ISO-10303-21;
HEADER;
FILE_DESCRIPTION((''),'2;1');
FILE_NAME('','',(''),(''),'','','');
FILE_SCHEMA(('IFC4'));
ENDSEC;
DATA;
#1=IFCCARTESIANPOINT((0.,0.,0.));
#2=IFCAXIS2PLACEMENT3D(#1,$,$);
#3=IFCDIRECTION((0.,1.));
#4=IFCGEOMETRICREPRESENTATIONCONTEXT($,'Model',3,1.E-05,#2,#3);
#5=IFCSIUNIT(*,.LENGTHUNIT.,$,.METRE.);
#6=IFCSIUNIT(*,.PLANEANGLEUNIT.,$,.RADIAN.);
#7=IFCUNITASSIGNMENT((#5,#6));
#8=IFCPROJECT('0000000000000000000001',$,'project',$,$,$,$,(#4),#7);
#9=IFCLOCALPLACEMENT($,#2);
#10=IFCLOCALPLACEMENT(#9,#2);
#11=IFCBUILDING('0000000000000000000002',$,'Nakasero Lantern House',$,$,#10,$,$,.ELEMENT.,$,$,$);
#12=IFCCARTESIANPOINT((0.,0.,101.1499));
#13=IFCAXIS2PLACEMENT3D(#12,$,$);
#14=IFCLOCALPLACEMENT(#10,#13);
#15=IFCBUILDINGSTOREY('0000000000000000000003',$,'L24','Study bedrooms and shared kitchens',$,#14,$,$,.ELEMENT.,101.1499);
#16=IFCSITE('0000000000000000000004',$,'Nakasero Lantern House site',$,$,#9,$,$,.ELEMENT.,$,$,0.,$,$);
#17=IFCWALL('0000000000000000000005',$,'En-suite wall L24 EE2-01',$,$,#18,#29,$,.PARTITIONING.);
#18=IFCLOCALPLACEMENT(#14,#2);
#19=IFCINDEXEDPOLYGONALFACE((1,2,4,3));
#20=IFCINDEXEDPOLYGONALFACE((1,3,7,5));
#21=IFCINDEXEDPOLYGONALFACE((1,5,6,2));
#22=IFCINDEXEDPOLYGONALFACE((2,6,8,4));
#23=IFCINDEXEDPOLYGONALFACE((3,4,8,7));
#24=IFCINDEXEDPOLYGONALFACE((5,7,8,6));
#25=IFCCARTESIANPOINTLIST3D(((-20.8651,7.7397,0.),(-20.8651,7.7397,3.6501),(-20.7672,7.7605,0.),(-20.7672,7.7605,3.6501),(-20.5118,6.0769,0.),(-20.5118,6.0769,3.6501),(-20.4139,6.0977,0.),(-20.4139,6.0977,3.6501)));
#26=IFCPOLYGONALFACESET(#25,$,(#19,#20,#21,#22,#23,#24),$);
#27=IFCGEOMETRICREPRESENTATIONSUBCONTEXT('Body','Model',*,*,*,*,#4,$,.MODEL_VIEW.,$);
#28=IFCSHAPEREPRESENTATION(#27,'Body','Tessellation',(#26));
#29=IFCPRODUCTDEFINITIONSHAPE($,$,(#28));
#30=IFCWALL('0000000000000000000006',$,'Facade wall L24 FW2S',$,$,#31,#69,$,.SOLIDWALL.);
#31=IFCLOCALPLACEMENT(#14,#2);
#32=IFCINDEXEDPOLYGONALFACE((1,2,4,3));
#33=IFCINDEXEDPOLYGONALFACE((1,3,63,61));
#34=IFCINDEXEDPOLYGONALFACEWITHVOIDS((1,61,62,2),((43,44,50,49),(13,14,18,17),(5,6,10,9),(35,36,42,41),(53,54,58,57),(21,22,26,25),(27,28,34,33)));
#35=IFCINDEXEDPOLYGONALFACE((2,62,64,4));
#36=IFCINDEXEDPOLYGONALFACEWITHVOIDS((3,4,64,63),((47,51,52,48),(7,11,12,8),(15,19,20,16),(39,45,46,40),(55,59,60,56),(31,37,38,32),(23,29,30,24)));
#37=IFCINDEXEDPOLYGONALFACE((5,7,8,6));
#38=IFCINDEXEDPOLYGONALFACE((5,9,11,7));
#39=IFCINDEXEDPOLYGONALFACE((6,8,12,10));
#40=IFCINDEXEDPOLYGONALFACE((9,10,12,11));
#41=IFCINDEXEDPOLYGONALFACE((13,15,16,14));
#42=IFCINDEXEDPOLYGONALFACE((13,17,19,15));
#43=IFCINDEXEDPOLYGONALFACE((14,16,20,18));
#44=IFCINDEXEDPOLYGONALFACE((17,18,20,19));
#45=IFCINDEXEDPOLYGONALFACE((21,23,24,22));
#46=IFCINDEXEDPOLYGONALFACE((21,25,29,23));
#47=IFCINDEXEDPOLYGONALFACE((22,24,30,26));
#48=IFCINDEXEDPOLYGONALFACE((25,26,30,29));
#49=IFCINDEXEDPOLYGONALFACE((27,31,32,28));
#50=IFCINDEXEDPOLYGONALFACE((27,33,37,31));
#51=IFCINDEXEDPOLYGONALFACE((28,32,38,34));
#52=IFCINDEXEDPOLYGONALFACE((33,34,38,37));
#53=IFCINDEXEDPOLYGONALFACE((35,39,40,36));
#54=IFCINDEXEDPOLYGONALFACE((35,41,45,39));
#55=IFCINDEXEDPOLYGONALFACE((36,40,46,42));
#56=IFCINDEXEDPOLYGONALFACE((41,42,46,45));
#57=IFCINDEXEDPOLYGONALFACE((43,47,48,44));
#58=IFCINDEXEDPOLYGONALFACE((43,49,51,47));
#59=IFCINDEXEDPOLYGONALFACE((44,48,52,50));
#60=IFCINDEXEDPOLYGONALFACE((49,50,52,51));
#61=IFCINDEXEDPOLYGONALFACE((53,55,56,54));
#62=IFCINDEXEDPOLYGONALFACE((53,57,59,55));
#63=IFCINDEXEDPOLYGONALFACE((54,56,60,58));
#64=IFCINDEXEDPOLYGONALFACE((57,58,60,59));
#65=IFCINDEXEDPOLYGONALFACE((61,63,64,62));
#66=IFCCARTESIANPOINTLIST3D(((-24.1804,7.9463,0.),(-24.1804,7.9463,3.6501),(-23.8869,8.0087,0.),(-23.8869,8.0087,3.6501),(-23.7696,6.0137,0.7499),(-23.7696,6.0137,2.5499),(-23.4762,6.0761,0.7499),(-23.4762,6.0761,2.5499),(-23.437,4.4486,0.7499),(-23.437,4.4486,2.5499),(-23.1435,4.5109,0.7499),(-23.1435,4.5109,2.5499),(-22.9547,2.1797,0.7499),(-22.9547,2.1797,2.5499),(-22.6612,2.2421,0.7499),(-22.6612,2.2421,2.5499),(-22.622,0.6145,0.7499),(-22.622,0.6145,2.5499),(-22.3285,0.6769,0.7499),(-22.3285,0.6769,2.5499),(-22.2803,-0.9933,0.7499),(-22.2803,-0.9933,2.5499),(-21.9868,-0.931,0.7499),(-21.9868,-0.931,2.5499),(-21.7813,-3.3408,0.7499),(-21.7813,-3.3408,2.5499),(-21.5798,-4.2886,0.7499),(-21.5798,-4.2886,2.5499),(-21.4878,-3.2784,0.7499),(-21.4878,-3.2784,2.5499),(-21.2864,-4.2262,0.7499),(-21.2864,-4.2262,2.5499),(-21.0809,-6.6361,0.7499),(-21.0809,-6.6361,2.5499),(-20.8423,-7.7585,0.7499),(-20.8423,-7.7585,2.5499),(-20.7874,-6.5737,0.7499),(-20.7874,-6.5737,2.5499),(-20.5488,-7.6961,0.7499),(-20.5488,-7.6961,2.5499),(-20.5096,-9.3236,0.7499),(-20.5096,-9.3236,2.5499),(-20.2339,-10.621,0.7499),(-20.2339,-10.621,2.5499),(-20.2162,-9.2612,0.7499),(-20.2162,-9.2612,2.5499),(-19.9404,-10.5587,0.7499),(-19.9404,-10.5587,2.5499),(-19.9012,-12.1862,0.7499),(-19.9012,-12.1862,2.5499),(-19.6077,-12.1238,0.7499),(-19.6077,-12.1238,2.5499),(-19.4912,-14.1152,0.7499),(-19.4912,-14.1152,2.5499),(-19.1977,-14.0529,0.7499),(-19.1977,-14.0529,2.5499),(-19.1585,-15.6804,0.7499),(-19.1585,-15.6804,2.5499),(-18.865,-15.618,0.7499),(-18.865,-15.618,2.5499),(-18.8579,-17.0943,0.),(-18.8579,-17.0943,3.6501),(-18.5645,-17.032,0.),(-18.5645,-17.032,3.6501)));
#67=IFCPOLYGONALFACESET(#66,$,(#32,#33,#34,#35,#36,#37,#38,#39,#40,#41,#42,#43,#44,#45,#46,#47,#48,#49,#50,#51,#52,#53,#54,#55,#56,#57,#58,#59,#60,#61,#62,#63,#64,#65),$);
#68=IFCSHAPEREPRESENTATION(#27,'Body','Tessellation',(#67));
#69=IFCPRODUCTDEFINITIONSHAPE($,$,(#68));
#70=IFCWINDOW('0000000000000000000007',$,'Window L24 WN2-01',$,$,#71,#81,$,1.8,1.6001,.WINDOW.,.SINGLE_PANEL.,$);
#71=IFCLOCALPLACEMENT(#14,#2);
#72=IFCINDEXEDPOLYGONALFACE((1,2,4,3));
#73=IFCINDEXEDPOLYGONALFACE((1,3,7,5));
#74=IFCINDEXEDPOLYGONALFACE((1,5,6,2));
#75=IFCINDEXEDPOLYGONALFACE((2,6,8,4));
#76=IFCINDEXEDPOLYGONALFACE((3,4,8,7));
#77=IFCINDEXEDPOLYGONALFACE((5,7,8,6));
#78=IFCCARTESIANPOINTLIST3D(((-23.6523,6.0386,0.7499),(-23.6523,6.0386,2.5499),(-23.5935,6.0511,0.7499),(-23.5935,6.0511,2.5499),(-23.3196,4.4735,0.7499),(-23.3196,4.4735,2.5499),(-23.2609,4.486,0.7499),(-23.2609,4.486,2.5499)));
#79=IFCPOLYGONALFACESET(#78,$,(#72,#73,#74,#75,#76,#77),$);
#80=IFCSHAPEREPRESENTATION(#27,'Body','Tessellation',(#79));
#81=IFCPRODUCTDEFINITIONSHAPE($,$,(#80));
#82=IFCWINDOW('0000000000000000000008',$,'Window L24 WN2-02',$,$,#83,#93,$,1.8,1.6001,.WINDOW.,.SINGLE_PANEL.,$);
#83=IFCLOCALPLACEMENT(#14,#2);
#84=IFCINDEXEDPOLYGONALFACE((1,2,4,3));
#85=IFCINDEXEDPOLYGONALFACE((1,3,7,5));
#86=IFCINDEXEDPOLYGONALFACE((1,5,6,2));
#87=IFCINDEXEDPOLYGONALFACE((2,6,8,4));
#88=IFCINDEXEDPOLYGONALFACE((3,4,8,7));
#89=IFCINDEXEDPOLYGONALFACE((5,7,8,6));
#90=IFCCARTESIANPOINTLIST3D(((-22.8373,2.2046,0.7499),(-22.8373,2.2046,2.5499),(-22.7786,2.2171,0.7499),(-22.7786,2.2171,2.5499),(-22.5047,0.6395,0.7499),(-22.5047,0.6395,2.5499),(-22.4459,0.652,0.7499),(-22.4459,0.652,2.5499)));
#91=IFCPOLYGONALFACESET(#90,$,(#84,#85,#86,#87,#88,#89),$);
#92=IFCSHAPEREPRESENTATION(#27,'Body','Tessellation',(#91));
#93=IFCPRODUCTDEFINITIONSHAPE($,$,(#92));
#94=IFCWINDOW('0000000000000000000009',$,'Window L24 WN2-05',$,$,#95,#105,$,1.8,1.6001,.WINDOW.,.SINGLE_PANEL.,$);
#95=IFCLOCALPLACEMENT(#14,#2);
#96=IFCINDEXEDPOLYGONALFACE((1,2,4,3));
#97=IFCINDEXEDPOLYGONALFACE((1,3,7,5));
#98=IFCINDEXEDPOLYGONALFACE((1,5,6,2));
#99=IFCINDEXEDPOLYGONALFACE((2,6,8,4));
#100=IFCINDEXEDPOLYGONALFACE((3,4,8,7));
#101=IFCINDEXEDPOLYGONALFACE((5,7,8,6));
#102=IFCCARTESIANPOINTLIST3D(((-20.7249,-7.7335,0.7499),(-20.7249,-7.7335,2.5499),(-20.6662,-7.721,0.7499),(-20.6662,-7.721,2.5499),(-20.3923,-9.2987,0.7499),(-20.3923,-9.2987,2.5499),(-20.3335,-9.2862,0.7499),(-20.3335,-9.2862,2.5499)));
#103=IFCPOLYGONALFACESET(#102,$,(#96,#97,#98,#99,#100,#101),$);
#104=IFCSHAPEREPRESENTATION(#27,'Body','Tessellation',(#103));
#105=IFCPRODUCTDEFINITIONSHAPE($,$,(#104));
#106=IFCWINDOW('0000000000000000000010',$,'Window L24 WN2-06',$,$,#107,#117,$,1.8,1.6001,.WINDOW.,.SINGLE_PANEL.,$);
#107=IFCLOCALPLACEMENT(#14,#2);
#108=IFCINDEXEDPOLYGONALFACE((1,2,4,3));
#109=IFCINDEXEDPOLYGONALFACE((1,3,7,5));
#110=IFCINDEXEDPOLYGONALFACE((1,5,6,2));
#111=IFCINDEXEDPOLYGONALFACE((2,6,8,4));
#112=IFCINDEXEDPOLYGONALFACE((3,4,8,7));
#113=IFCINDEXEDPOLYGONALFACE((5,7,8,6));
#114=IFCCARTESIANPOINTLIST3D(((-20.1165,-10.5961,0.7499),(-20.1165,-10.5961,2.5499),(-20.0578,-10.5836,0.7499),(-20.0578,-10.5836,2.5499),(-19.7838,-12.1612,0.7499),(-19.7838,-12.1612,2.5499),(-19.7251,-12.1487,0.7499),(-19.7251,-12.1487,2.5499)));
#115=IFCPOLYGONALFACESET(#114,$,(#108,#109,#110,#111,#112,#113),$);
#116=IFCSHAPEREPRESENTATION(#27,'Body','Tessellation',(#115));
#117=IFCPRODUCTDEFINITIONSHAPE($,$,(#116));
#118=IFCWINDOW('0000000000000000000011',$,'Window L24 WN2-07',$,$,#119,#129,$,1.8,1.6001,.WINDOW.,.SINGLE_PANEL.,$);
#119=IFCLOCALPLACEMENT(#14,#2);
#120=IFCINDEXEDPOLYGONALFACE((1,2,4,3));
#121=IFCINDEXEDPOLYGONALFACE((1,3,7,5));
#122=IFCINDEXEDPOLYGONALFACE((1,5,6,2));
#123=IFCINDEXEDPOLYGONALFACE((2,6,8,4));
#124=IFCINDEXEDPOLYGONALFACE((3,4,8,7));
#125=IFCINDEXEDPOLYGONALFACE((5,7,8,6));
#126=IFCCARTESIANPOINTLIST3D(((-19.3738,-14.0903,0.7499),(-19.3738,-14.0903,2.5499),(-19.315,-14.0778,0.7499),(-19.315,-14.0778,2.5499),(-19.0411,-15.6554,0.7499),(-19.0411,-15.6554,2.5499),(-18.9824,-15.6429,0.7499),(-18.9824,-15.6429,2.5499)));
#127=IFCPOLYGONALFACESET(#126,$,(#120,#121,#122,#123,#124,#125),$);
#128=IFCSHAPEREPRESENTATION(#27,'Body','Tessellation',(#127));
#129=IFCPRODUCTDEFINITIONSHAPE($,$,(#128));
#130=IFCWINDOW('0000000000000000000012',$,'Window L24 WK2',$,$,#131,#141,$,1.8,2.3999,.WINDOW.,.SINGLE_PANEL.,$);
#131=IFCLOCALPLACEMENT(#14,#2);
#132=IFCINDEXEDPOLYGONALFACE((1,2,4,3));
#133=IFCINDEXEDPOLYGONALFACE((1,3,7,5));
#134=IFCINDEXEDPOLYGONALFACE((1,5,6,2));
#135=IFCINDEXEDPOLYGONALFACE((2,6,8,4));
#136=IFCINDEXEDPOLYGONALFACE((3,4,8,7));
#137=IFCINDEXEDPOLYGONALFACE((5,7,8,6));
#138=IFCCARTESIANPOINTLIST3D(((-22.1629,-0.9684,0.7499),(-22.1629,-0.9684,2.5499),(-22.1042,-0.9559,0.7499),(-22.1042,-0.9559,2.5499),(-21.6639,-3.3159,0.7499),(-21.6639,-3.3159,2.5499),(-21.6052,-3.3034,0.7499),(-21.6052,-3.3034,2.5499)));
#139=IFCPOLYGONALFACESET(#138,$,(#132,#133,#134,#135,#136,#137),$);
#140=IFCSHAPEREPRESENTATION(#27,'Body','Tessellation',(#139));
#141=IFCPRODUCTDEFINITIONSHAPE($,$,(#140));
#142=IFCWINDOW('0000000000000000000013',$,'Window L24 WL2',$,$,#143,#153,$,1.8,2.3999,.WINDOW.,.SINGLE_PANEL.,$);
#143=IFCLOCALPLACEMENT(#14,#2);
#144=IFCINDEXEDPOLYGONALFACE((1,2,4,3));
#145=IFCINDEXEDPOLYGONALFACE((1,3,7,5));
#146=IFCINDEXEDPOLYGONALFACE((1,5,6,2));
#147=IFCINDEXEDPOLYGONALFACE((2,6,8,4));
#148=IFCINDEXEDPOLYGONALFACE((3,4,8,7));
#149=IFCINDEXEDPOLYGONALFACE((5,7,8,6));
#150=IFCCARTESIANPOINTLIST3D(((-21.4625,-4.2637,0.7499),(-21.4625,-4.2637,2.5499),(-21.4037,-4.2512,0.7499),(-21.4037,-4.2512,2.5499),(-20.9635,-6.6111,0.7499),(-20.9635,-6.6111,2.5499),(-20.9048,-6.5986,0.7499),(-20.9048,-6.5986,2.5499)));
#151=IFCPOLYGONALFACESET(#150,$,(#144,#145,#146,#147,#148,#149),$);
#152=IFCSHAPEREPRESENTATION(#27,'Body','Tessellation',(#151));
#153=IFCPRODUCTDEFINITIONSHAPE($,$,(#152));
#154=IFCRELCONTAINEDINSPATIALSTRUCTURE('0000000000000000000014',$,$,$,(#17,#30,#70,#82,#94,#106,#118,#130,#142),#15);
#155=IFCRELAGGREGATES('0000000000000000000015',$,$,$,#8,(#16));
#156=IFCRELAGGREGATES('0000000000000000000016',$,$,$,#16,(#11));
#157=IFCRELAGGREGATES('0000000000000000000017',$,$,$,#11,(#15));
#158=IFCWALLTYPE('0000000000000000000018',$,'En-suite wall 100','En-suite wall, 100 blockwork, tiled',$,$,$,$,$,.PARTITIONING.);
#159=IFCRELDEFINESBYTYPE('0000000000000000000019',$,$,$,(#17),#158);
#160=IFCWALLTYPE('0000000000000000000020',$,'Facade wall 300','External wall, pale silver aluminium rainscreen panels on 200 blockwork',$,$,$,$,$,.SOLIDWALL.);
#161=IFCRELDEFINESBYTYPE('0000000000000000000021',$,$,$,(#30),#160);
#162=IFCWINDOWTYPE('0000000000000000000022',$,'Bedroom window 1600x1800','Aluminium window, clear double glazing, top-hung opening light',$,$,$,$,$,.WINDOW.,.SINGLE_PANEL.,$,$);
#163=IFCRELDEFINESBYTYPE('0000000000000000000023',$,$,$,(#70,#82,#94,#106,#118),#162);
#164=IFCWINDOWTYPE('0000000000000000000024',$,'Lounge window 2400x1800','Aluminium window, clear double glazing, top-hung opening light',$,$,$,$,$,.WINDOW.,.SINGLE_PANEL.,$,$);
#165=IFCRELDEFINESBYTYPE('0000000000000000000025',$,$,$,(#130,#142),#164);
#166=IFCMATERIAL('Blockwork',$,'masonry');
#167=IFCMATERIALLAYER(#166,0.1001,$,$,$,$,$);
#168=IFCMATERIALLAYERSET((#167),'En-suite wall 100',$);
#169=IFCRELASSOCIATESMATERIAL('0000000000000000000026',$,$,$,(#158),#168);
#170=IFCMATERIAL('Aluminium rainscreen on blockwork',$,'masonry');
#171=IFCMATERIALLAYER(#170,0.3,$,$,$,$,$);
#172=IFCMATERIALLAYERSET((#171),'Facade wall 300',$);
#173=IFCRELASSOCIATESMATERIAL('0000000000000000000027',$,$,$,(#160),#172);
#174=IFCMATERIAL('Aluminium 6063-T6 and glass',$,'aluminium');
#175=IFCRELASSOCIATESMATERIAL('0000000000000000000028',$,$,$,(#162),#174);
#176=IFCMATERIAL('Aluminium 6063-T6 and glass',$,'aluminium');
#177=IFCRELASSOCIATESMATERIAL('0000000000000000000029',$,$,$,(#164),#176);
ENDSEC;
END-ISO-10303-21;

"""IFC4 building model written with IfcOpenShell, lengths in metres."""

from ifc_helpers import new_model, si_unit, direction, frame, frame_2d, origin, place, context, subcontext, project, spatial, rectangle, extrude, material, layer, layer_set, type_object, element, fill, save


model = new_model("IFC4")

# Units and contexts
model_context = context("Model", 3, precision=1e-05, world=origin(), true_north=direction((0.0, 1.0)))
body_context = subcontext(model_context, "Body", "Model", "MODEL_VIEW")
ifc_project = project(units=[si_unit("LENGTHUNIT", "METRE"), si_unit("PLANEANGLEUNIT", "RADIAN")], contexts=[model_context])

# Site, building, storey
site_placement = place(None, origin())
site = spatial("IfcSite", under=ifc_project, at=site_placement, Name="Nakasero Lantern House site", CompositionType="ELEMENT", RefElevation=0.0)
building_placement = place(site_placement, origin())
building = spatial("IfcBuilding", under=site, at=building_placement, Name="Nakasero Lantern House", CompositionType="ELEMENT")
storey_placement = place(building_placement, frame((0.0, 0.0, 101.1499)))
storey = spatial("IfcBuildingStorey", under=building, at=storey_placement, Name="L24", Description="Study bedrooms and shared kitchens", CompositionType="ELEMENT", Elevation=101.1499)

# Wall
ifc_material_1 = material(Name="Blockwork", Category="masonry")
ifc_layer_1 = layer(ifc_material_1, 0.1001)
ifc_layer_set_1 = layer_set([ifc_layer_1], Name="En-suite wall 100")
wall_type_1 = type_object("IfcWallType", Name="En-suite wall 100", Description="En-suite wall, 100 blockwork, tiled", PredefinedType="PARTITIONING", material=ifc_layer_set_1)
wall_1_placement = place(storey_placement, frame((-20.8162, 7.7502, 0.0), z_axis=(0.0, 0.0, 1.0), x_axis=(0.207812, -0.978169, 0.0)))
element("IfcWall", 1, at=wall_1_placement, inside=storey, type_object=wall_type_1, Name="En-suite wall L24 EE2-01", PredefinedType="PARTITIONING", context=body_context, shape_type="SweptSolid", body=[
    extrude(rectangle(XDim=1.7, YDim=0.1001, at=frame_2d((0.8501, 0.0))), origin(), (0.0, 0.0, 1.0), 3.6501),
])

# Wall, openings, windows
ifc_material_2 = material(Name="Aluminium rainscreen on blockwork", Category="masonry")
ifc_layer_2 = layer(ifc_material_2, 0.3)
ifc_layer_set_2 = layer_set([ifc_layer_2], Name="Facade wall 300")
wall_type_2 = type_object("IfcWallType", Name="Facade wall 300", Description="External wall, pale silver aluminium rainscreen panels on 200 blockwork", PredefinedType="SOLIDWALL", material=ifc_layer_set_2)
wall_2_placement = place(storey_placement, frame((-24.0337, 7.9775, 0.0), z_axis=(0.0, 0.0, 1.0), x_axis=(0.207909, -0.978148, 0.0)))
wall_2 = element("IfcWall", 2, at=wall_2_placement, inside=storey, type_object=wall_type_2, Name="Facade wall L24 FW2S", PredefinedType="SOLIDWALL", context=body_context, shape_type="SweptSolid", body=[
    extrude(rectangle(XDim=25.6001, YDim=0.3, at=frame_2d((12.8, 0.0))), origin(), (0.0, 0.0, 1.0), 3.6501),
])
opening_1_placement = place(wall_2_placement, frame((1.9758, 0.0, 0.75)))
opening_1 = element("IfcOpeningElement", 3, at=opening_1_placement, cuts=wall_2, PredefinedType="OPENING", context=body_context, shape_type="SweptSolid", body=[
    extrude(rectangle(XDim=1.6001, YDim=1.8, at=frame_2d((0.8, 0.8999))), frame((0.0, 0.1699, 0.0), z_axis=(0.0, -1.0, 0.0), x_axis=(1.0, 0.0, 0.0)), (0.0, 0.0, 1.0), 0.3401),
])
opening_2_placement = place(wall_2_placement, frame((5.8955, 0.0, 0.75)))
opening_2 = element("IfcOpeningElement", 4, at=opening_2_placement, cuts=wall_2, PredefinedType="OPENING", context=body_context, shape_type="SweptSolid", body=[
    extrude(rectangle(XDim=1.6001, YDim=1.8, at=frame_2d((0.8, 0.8999))), frame((0.0, 0.1699, 0.0), z_axis=(0.0, -1.0, 0.0), x_axis=(1.0, 0.0, 0.0)), (0.0, 0.0, 1.0), 0.3401),
])
opening_3_placement = place(wall_2_placement, frame((16.0557, 0.0, 0.75)))
opening_3 = element("IfcOpeningElement", 5, at=opening_3_placement, cuts=wall_2, PredefinedType="OPENING", context=body_context, shape_type="SweptSolid", body=[
    extrude(rectangle(XDim=1.6001, YDim=1.8, at=frame_2d((0.8, 0.8999))), frame((0.0, 0.1699, 0.0), z_axis=(0.0, -1.0, 0.0), x_axis=(1.0, 0.0, 0.0)), (0.0, 0.0, 1.0), 0.3401),
])
opening_4_placement = place(wall_2_placement, frame((18.9822, 0.0, 0.75)))
opening_4 = element("IfcOpeningElement", 6, at=opening_4_placement, cuts=wall_2, PredefinedType="OPENING", context=body_context, shape_type="SweptSolid", body=[
    extrude(rectangle(XDim=1.6001, YDim=1.8, at=frame_2d((0.8, 0.8999))), frame((0.0, 0.1699, 0.0), z_axis=(0.0, -1.0, 0.0), x_axis=(1.0, 0.0, 0.0)), (0.0, 0.0, 1.0), 0.3401),
])
opening_5_placement = place(wall_2_placement, frame((22.5544, 0.0, 0.75)))
opening_5 = element("IfcOpeningElement", 7, at=opening_5_placement, cuts=wall_2, PredefinedType="OPENING", context=body_context, shape_type="SweptSolid", body=[
    extrude(rectangle(XDim=1.6001, YDim=1.8, at=frame_2d((0.8, 0.8999))), frame((0.0, 0.1699, 0.0), z_axis=(0.0, -1.0, 0.0), x_axis=(1.0, 0.0, 0.0)), (0.0, 0.0, 1.0), 0.3401),
])
opening_6_placement = place(wall_2_placement, frame((9.1394, 0.0, 0.75)))
opening_6 = element("IfcOpeningElement", 8, at=opening_6_placement, cuts=wall_2, PredefinedType="OPENING", context=body_context, shape_type="SweptSolid", body=[
    extrude(rectangle(XDim=2.3999, YDim=1.8, at=frame_2d((1.2, 0.8999))), frame((0.0, 0.1699, 0.0), z_axis=(0.0, -1.0, 0.0), x_axis=(1.0, 0.0, 0.0)), (0.0, 0.0, 1.0), 0.3401),
])
opening_7_placement = place(wall_2_placement, frame((12.5083, 0.0, 0.75)))
opening_7 = element("IfcOpeningElement", 9, at=opening_7_placement, cuts=wall_2, PredefinedType="OPENING", context=body_context, shape_type="SweptSolid", body=[
    extrude(rectangle(XDim=2.3999, YDim=1.8, at=frame_2d((1.2, 0.8999))), frame((0.0, 0.1699, 0.0), z_axis=(0.0, -1.0, 0.0), x_axis=(1.0, 0.0, 0.0)), (0.0, 0.0, 1.0), 0.3401),
])
ifc_material_3 = material(Name="Aluminium 6063-T6 and glass", Category="aluminium")
window_type_1 = type_object("IfcWindowType", Name="Bedroom window 1600x1800", Description="Aluminium window, clear double glazing, top-hung opening light", PartitioningType="SINGLE_PANEL", PredefinedType="WINDOW", material=ifc_material_3)
window_1_placement = place(opening_1_placement, origin())
window_1 = element("IfcWindow", 10, at=window_1_placement, inside=storey, type_object=window_type_1, Name="Window L24 WN2-01", OverallHeight=1.8, OverallWidth=1.6001, PartitioningType="SINGLE_PANEL", PredefinedType="WINDOW", context=body_context, shape_type="SweptSolid", body=[
    extrude(rectangle(XDim=1.6001, YDim=1.8, at=frame_2d((0.8, 0.8999))), frame((0.0, 0.03, 0.0), z_axis=(0.0, -1.0, 0.0), x_axis=(1.0, 0.0, 0.0)), (0.0, 0.0, 1.0), 0.0601),
])
fill(opening_1, window_1)
window_2_placement = place(opening_2_placement, origin())
window_2 = element("IfcWindow", 11, at=window_2_placement, inside=storey, type_object=window_type_1, Name="Window L24 WN2-02", OverallHeight=1.8, OverallWidth=1.6001, PartitioningType="SINGLE_PANEL", PredefinedType="WINDOW", context=body_context, shape_type="SweptSolid", body=[
    extrude(rectangle(XDim=1.6001, YDim=1.8, at=frame_2d((0.8, 0.8999))), frame((0.0, 0.03, 0.0), z_axis=(0.0, -1.0, 0.0), x_axis=(1.0, 0.0, 0.0)), (0.0, 0.0, 1.0), 0.0601),
])
fill(opening_2, window_2)
window_3_placement = place(opening_3_placement, origin())
window_3 = element("IfcWindow", 12, at=window_3_placement, inside=storey, type_object=window_type_1, Name="Window L24 WN2-05", OverallHeight=1.8, OverallWidth=1.6001, PartitioningType="SINGLE_PANEL", PredefinedType="WINDOW", context=body_context, shape_type="SweptSolid", body=[
    extrude(rectangle(XDim=1.6001, YDim=1.8, at=frame_2d((0.8, 0.8999))), frame((0.0, 0.03, 0.0), z_axis=(0.0, -1.0, 0.0), x_axis=(1.0, 0.0, 0.0)), (0.0, 0.0, 1.0), 0.0601),
])
fill(opening_3, window_3)
window_4_placement = place(opening_4_placement, origin())
window_4 = element("IfcWindow", 13, at=window_4_placement, inside=storey, type_object=window_type_1, Name="Window L24 WN2-06", OverallHeight=1.8, OverallWidth=1.6001, PartitioningType="SINGLE_PANEL", PredefinedType="WINDOW", context=body_context, shape_type="SweptSolid", body=[
    extrude(rectangle(XDim=1.6001, YDim=1.8, at=frame_2d((0.8, 0.8999))), frame((0.0, 0.03, 0.0), z_axis=(0.0, -1.0, 0.0), x_axis=(1.0, 0.0, 0.0)), (0.0, 0.0, 1.0), 0.0601),
])
fill(opening_4, window_4)
window_5_placement = place(opening_5_placement, origin())
window_5 = element("IfcWindow", 14, at=window_5_placement, inside=storey, type_object=window_type_1, Name="Window L24 WN2-07", OverallHeight=1.8, OverallWidth=1.6001, PartitioningType="SINGLE_PANEL", PredefinedType="WINDOW", context=body_context, shape_type="SweptSolid", body=[
    extrude(rectangle(XDim=1.6001, YDim=1.8, at=frame_2d((0.8, 0.8999))), frame((0.0, 0.03, 0.0), z_axis=(0.0, -1.0, 0.0), x_axis=(1.0, 0.0, 0.0)), (0.0, 0.0, 1.0), 0.0601),
])
fill(opening_5, window_5)
ifc_material_4 = material(Name="Aluminium 6063-T6 and glass", Category="aluminium")
window_type_2 = type_object("IfcWindowType", Name="Lounge window 2400x1800", Description="Aluminium window, clear double glazing, top-hung opening light", PartitioningType="SINGLE_PANEL", PredefinedType="WINDOW", material=ifc_material_4)
window_6_placement = place(opening_6_placement, origin())
window_6 = element("IfcWindow", 15, at=window_6_placement, inside=storey, type_object=window_type_2, Name="Window L24 WK2", OverallHeight=1.8, OverallWidth=2.3999, PartitioningType="SINGLE_PANEL", PredefinedType="WINDOW", context=body_context, shape_type="SweptSolid", body=[
    extrude(rectangle(XDim=2.3999, YDim=1.8, at=frame_2d((1.2, 0.8999))), frame((0.0, 0.03, 0.0), z_axis=(0.0, -1.0, 0.0), x_axis=(1.0, 0.0, 0.0)), (0.0, 0.0, 1.0), 0.0601),
])
fill(opening_6, window_6)
window_7_placement = place(opening_7_placement, origin())
window_7 = element("IfcWindow", 16, at=window_7_placement, inside=storey, type_object=window_type_2, Name="Window L24 WL2", OverallHeight=1.8, OverallWidth=2.3999, PartitioningType="SINGLE_PANEL", PredefinedType="WINDOW", context=body_context, shape_type="SweptSolid", body=[
    extrude(rectangle(XDim=2.3999, YDim=1.8, at=frame_2d((1.2, 0.8999))), frame((0.0, 0.03, 0.0), z_axis=(0.0, -1.0, 0.0), x_axis=(1.0, 0.0, 0.0)), (0.0, 0.0, 1.0), 0.0601),
])
fill(opening_7, window_7)

save(model, "model.ifc")
